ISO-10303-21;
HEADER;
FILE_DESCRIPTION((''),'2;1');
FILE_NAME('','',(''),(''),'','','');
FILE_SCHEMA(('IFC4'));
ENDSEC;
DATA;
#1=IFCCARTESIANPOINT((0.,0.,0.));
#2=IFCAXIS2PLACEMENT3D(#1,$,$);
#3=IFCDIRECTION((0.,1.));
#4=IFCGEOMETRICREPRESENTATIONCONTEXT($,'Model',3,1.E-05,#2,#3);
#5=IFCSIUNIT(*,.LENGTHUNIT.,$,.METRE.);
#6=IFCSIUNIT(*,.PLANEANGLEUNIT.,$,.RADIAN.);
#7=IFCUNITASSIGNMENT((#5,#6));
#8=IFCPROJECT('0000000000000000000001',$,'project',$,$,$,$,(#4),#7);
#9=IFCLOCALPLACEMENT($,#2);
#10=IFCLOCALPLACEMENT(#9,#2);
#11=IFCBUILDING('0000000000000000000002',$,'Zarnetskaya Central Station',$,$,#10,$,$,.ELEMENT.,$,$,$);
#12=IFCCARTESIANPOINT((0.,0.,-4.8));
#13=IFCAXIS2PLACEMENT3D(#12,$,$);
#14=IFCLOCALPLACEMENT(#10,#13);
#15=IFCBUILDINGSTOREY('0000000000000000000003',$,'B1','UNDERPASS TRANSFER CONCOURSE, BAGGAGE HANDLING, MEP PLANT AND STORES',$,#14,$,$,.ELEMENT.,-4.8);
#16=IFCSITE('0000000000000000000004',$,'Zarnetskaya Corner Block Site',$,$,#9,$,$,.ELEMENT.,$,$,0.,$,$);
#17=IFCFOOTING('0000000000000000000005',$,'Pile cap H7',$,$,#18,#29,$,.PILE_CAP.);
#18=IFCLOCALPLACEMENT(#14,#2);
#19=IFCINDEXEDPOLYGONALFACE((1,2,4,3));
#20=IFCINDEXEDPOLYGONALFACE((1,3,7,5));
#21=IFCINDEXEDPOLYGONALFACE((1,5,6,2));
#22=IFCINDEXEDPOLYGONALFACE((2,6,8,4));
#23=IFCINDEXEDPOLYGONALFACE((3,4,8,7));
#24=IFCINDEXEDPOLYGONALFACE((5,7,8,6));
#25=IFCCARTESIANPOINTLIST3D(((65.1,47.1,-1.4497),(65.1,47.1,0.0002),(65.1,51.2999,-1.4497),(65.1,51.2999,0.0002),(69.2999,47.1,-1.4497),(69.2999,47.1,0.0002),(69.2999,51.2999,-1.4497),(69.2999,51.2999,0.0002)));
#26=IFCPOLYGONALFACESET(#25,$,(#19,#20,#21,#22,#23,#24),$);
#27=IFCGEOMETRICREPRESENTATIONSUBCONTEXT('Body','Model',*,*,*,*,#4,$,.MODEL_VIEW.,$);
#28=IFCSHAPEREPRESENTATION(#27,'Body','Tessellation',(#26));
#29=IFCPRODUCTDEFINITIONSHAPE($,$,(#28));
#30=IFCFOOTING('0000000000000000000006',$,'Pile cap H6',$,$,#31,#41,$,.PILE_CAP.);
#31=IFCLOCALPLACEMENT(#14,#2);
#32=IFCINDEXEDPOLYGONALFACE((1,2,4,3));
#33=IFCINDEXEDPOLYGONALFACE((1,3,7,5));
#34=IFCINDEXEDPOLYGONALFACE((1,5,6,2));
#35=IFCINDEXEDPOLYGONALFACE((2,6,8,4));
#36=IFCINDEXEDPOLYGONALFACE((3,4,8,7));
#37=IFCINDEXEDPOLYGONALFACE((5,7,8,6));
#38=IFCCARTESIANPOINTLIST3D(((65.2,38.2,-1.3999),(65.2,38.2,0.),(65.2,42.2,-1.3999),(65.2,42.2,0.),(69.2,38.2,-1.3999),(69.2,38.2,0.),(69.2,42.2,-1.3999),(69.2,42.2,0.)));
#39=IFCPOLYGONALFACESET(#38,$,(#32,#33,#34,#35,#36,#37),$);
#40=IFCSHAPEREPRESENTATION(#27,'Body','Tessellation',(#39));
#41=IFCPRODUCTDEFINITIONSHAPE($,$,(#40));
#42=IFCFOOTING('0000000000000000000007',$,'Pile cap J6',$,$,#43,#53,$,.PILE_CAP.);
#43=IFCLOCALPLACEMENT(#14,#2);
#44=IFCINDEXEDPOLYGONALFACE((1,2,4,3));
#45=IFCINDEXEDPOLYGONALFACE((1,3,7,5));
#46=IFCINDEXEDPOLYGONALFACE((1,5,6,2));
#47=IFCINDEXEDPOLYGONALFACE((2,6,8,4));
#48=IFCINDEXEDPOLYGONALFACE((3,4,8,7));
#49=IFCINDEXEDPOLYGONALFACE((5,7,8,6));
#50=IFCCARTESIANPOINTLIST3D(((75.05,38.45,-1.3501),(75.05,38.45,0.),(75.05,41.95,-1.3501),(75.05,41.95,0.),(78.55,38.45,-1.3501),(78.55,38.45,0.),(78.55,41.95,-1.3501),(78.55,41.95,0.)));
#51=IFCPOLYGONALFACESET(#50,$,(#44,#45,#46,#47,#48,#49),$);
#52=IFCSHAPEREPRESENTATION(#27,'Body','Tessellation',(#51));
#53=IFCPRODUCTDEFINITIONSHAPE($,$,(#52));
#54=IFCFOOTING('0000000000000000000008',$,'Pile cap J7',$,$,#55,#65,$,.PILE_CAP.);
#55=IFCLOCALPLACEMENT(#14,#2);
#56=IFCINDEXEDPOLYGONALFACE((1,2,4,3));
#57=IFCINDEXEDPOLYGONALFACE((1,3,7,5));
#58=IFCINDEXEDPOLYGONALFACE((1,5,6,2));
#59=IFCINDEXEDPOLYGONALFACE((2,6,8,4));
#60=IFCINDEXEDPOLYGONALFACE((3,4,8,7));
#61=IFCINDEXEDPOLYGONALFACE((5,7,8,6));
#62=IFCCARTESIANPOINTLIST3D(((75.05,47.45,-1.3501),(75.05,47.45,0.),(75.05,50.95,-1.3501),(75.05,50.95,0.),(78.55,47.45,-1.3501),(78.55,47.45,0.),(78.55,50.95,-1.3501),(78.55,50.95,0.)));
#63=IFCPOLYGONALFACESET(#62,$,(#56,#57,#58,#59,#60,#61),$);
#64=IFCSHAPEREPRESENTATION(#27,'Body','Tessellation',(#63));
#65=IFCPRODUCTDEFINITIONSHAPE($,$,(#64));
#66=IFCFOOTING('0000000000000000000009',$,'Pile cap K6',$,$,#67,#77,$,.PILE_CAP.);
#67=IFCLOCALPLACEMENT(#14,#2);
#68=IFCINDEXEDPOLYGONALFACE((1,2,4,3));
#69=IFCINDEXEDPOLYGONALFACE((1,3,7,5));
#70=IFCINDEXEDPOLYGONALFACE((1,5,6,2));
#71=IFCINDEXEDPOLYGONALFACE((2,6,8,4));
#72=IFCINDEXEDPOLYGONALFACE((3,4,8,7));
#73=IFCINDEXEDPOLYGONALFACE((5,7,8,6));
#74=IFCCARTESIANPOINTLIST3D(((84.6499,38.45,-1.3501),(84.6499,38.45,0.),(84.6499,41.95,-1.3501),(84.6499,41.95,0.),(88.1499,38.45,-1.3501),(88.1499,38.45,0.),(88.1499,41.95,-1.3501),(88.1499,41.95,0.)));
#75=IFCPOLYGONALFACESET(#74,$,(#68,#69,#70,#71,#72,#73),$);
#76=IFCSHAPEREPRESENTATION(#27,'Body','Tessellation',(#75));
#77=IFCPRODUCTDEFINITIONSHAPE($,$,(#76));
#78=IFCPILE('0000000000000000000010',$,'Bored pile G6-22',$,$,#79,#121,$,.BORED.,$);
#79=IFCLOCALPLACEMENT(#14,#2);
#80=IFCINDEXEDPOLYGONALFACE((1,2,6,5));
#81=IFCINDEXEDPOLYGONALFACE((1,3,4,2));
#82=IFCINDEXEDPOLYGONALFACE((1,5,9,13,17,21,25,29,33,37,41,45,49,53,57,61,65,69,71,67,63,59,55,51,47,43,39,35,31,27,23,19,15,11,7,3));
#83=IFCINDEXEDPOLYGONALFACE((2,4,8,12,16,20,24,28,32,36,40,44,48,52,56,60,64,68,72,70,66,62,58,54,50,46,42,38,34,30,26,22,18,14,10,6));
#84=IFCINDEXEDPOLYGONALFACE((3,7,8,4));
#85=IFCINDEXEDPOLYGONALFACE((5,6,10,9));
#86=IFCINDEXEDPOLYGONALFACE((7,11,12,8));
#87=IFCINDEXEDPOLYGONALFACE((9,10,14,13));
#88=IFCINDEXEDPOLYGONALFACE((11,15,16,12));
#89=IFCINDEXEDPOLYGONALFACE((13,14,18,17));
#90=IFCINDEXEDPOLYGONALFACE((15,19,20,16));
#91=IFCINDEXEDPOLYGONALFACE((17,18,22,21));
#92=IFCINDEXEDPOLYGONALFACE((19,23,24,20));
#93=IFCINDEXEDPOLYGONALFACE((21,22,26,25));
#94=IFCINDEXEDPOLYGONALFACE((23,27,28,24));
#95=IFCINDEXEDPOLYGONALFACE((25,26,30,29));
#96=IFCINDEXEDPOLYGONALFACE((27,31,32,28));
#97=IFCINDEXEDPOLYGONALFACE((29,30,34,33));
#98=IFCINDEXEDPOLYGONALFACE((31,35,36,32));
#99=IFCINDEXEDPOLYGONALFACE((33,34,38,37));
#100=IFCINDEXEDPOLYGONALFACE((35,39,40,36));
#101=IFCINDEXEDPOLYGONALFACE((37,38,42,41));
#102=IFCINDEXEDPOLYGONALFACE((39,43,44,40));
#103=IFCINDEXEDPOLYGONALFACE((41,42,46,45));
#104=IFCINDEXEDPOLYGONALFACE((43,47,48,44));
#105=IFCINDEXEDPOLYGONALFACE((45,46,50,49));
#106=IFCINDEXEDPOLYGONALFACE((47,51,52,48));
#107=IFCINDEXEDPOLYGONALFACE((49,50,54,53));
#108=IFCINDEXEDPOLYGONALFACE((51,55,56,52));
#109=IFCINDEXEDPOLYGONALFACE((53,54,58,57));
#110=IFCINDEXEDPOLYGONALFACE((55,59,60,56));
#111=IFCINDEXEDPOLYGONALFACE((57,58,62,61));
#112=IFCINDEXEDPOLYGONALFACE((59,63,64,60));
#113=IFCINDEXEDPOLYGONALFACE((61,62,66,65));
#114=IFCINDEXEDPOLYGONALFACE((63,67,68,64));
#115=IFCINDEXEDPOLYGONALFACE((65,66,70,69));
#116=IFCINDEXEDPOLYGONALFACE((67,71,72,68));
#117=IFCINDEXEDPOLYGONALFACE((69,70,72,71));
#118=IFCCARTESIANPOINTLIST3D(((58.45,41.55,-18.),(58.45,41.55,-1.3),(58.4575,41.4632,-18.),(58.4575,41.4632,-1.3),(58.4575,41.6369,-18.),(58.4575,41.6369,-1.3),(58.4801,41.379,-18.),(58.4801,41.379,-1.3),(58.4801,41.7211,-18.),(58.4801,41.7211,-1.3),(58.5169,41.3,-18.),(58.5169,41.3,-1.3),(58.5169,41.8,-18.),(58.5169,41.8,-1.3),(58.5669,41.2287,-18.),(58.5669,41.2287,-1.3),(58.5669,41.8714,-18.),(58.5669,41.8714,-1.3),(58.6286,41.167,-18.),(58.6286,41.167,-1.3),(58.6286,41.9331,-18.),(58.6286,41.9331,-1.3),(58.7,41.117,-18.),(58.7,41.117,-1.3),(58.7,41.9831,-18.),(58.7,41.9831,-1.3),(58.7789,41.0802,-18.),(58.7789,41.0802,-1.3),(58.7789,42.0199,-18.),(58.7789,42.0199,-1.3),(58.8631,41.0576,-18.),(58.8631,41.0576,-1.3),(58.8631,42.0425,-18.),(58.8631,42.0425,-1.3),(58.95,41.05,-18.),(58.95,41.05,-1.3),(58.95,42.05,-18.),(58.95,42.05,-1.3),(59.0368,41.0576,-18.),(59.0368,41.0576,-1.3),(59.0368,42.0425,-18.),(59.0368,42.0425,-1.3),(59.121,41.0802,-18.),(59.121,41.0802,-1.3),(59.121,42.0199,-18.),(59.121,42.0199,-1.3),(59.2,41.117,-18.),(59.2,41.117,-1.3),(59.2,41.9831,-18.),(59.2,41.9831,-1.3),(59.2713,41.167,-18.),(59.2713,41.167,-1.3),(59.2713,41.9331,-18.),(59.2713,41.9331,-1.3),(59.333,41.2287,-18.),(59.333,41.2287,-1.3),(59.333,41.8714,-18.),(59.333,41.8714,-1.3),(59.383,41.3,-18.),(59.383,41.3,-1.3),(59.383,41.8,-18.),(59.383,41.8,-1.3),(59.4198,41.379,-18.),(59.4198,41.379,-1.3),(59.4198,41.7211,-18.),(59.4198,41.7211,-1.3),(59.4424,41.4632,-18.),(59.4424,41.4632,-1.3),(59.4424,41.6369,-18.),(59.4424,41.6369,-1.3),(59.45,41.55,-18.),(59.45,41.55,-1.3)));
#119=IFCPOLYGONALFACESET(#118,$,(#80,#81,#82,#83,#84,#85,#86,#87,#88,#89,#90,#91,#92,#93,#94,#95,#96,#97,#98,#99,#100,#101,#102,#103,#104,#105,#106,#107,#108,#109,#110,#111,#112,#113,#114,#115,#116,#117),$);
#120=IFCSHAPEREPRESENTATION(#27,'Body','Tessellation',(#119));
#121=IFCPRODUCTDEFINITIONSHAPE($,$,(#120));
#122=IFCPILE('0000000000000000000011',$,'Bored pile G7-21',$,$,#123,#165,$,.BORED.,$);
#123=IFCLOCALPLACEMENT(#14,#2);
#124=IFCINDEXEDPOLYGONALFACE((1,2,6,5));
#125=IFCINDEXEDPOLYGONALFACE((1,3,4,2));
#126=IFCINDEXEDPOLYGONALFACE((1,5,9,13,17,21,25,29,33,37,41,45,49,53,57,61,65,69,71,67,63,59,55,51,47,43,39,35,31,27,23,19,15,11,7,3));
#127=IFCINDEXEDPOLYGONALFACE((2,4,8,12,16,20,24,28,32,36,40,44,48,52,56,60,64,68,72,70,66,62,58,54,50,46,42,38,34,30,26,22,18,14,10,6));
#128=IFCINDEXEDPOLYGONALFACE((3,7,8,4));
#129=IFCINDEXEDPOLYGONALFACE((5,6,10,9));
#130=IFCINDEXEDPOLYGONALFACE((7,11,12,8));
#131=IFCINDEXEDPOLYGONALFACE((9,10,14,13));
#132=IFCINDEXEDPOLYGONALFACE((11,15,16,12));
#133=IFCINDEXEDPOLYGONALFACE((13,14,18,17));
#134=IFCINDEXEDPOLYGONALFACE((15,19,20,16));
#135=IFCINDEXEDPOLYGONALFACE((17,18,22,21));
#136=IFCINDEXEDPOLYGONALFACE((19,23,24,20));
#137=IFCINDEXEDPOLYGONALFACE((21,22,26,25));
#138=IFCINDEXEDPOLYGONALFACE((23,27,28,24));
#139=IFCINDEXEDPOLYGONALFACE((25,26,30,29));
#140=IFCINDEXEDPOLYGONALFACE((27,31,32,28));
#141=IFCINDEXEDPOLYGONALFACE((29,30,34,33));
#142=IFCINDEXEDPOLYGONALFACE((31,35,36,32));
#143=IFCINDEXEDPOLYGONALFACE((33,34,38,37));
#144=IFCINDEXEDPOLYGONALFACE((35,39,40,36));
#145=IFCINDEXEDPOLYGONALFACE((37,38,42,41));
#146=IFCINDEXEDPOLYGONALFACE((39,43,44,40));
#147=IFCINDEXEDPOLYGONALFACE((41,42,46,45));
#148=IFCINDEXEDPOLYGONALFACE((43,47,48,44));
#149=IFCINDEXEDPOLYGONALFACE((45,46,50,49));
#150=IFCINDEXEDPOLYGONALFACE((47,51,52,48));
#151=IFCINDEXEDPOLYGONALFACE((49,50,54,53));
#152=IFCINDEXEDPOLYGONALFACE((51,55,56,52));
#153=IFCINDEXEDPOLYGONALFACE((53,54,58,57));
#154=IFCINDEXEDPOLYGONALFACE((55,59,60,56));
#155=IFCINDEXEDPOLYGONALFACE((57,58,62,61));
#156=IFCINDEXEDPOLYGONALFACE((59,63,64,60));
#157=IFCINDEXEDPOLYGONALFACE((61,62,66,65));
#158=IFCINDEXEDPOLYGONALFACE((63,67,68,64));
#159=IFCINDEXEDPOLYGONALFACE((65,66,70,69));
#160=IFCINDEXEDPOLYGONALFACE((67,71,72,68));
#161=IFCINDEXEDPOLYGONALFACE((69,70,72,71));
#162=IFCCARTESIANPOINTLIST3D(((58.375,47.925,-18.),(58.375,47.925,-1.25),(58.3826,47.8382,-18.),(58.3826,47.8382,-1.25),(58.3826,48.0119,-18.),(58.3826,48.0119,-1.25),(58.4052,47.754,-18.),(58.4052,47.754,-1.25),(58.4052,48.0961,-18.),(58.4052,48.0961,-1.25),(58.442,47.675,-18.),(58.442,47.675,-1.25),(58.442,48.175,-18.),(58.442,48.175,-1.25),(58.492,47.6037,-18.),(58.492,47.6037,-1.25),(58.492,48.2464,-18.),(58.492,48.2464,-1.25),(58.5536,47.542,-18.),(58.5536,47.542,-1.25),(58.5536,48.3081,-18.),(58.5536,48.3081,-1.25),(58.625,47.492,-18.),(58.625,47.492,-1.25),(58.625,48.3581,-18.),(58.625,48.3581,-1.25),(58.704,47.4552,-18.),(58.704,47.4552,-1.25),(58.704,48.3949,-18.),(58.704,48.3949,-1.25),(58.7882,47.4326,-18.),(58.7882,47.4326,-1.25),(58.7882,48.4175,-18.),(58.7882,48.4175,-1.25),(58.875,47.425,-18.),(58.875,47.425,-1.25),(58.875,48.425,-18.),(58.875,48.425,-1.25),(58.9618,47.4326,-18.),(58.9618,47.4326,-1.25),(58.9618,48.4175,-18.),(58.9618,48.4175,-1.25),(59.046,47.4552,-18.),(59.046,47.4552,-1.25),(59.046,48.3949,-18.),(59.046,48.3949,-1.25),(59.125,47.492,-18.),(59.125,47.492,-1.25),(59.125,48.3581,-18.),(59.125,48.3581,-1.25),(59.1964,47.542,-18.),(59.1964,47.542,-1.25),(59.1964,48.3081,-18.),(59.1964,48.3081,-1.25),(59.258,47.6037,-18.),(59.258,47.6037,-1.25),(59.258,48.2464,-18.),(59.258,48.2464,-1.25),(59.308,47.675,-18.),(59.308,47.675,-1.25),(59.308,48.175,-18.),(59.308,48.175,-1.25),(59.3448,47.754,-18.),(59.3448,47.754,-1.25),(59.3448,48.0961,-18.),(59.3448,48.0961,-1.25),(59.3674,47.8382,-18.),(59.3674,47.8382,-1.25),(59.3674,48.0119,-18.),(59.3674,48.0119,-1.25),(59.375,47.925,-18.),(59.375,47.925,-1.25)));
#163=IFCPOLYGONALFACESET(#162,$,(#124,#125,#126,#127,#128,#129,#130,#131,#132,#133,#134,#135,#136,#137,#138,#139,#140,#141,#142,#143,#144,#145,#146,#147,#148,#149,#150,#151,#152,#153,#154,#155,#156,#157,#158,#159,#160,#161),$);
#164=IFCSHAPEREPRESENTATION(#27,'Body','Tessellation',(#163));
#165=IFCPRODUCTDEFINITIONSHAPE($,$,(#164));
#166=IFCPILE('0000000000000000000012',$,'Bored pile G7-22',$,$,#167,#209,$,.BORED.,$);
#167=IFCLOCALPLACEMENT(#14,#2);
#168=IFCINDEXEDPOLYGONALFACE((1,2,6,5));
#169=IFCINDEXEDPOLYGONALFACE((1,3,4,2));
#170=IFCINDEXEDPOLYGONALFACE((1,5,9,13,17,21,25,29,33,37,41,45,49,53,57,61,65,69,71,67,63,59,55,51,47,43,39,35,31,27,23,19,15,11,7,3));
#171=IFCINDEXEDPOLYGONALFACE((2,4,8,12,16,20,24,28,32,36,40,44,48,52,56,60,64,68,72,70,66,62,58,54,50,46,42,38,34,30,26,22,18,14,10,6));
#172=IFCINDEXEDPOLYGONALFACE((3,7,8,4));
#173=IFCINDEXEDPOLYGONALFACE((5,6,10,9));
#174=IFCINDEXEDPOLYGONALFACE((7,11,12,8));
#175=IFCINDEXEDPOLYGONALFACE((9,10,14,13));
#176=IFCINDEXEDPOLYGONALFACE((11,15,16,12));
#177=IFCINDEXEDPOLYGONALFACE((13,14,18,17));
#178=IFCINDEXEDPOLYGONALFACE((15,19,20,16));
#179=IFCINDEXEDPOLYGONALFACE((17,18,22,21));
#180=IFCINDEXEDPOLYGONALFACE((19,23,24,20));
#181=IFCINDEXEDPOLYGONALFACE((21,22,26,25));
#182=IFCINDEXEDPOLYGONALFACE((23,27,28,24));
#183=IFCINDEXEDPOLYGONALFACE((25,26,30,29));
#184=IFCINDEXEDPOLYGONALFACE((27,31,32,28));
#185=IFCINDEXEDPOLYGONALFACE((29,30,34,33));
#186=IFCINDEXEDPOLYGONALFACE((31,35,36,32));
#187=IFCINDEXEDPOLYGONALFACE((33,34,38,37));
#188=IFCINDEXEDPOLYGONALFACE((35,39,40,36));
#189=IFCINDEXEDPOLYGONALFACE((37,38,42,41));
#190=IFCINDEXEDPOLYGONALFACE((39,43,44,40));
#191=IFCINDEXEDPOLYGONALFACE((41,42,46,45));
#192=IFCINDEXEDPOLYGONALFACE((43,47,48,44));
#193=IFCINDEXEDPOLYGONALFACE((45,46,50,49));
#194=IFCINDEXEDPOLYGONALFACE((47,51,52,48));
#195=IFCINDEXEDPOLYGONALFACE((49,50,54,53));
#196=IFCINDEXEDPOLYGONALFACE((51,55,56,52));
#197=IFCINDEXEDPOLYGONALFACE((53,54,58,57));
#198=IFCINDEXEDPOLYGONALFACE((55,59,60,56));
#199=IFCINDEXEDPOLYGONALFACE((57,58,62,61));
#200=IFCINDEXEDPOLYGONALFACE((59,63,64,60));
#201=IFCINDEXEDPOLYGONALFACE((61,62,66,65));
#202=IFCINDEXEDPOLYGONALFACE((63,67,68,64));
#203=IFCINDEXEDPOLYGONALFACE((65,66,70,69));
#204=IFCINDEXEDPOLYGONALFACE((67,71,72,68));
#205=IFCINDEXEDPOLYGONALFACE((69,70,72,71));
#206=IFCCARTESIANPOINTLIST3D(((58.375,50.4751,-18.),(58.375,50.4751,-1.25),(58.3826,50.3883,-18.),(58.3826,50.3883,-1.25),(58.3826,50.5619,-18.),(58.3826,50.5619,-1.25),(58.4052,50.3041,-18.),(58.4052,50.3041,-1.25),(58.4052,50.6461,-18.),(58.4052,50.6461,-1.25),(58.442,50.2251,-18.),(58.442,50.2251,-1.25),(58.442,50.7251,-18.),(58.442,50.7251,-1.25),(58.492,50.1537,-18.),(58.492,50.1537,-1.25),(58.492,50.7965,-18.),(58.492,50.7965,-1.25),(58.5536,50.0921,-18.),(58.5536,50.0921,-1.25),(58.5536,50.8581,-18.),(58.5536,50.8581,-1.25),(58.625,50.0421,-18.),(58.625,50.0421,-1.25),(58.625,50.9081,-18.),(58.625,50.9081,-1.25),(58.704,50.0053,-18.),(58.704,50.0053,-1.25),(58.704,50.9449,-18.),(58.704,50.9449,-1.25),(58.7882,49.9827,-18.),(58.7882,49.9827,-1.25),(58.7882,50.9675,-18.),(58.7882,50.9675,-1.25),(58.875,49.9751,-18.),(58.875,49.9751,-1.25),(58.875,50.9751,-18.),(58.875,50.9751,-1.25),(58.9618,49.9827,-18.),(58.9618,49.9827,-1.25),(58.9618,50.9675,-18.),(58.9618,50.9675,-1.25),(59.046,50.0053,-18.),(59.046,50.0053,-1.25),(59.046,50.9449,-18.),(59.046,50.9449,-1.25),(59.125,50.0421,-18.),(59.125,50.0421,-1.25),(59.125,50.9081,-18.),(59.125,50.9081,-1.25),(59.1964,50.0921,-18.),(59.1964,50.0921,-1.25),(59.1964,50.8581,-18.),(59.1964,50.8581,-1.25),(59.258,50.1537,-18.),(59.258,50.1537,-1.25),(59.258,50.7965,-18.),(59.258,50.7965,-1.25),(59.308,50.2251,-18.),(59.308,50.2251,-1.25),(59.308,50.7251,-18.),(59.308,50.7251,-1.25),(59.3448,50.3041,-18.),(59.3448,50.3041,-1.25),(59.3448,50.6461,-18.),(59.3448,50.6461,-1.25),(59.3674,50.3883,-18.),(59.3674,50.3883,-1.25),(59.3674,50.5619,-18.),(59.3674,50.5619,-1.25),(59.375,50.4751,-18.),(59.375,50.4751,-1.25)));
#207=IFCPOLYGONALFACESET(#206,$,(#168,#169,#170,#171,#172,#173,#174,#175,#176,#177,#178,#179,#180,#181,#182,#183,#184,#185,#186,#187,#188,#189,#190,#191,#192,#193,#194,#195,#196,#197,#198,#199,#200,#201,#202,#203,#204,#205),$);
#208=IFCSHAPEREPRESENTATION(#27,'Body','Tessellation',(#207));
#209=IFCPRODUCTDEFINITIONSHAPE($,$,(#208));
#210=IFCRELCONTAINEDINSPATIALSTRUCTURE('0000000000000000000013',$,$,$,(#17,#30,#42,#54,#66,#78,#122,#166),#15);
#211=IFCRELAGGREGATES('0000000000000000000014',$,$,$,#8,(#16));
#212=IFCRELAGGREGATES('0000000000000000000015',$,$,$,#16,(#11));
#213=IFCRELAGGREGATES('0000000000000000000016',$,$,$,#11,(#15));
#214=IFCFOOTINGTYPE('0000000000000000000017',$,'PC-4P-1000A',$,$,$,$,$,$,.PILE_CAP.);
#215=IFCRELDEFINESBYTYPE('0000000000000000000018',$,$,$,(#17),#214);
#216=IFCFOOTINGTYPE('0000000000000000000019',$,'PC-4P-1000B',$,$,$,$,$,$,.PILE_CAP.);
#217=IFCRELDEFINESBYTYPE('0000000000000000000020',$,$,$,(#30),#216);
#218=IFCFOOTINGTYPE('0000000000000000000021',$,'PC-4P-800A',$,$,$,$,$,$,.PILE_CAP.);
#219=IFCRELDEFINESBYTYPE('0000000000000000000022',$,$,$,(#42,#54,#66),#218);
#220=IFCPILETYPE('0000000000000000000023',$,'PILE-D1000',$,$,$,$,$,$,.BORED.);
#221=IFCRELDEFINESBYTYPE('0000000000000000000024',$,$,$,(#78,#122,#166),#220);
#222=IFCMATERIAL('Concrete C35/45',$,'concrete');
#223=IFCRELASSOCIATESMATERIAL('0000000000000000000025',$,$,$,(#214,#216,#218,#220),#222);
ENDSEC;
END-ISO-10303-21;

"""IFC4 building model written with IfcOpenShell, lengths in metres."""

from ifc_helpers import new_model, si_unit, direction, frame, origin, origin_2d, place, context, subcontext, project, spatial, rectangle, circle, extrude, material, material_profile, profile_set, type_object, element, save


model = new_model("IFC4")

# Units and contexts
model_context = context("Model", 3, precision=1e-05, world=origin(), true_north=direction((0.0, 1.0)))
body_context = subcontext(model_context, "Body", "Model", "MODEL_VIEW")
ifc_project = project(units=[si_unit("LENGTHUNIT", "METRE"), si_unit("PLANEANGLEUNIT", "RADIAN")], contexts=[model_context])

# Site, building, storey
site_placement = place(None, origin())
site = spatial("IfcSite", under=ifc_project, at=site_placement, Name="Zarnetskaya Corner Block Site", CompositionType="ELEMENT", RefElevation=0.0)
building_placement = place(site_placement, origin())
building = spatial("IfcBuilding", under=site, at=building_placement, Name="Zarnetskaya Central Station", CompositionType="ELEMENT")
storey_placement = place(building_placement, frame((0.0, 0.0, -4.8)))
storey = spatial("IfcBuildingStorey", under=building, at=storey_placement, Name="B1", Description="UNDERPASS TRANSFER CONCOURSE, BAGGAGE HANDLING, MEP PLANT AND STORES", CompositionType="ELEMENT", Elevation=-4.8)

# Footings
ifc_material = material(Name="Concrete C35/45", Category="concrete")
footing_type_1 = type_object("IfcFootingType", Name="PC-4P-1000A", PredefinedType="PILE_CAP", material=ifc_material)
footing_1_placement = place(storey_placement, frame((67.2, 49.2, -1.4497), z_axis=(0.0, 0.0, 1.0), x_axis=(1.0, 0.0, 0.0)))
element("IfcFooting", 1, at=footing_1_placement, inside=storey, type_object=footing_type_1, Name="Pile cap H7", PredefinedType="PILE_CAP", context=body_context, shape_type="SweptSolid", body=[
    extrude(rectangle(XDim=4.2, YDim=4.2, at=origin_2d()), origin(), (0.0, 0.0, 1.0), 1.45),
])
footing_type_2 = type_object("IfcFootingType", Name="PC-4P-1000B", PredefinedType="PILE_CAP", material=ifc_material)
footing_2_placement = place(storey_placement, frame((67.2, 40.2, -1.3999), z_axis=(0.0, 0.0, 1.0), x_axis=(1.0, 0.0, 0.0)))
element("IfcFooting", 2, at=footing_2_placement, inside=storey, type_object=footing_type_2, Name="Pile cap H6", PredefinedType="PILE_CAP", context=body_context, shape_type="SweptSolid", body=[
    extrude(rectangle(XDim=4.0, YDim=4.0, at=origin_2d()), origin(), (0.0, 0.0, 1.0), 1.3999),
])
footing_type_3 = type_object("IfcFootingType", Name="PC-4P-800A", PredefinedType="PILE_CAP", material=ifc_material)
for number, where, z_axis, x_axis, name in (
    (3, (76.8, 40.2, -1.3501), (0.0, 0.0, 1.0), (1.0, 0.0, 0.0), "Pile cap J6"),
    (4, (76.8, 49.2, -1.3501), (0.0, 0.0, 1.0), (1.0, 0.0, 0.0), "Pile cap J7"),
    (5, (86.3999, 40.2, -1.3501), (0.0, 0.0, 1.0), (1.0, 0.0, 0.0), "Pile cap K6"),
):
    element("IfcFooting", number, at=place(storey_placement, frame(where, z_axis=z_axis, x_axis=x_axis)), inside=storey, type_object=footing_type_3, Name=name, PredefinedType="PILE_CAP", context=body_context, shape_type="SweptSolid", body=[
        extrude(rectangle(XDim=3.5, YDim=3.5, at=origin_2d()), origin(), (0.0, 0.0, 1.0), 1.3501),
    ])

# Piles
ifc_material_profile_1 = material_profile(ifc_material, circle(Radius=0.5, at=origin_2d()), Name="BORED PILE D1000")
ifc_profile_set_1 = profile_set([ifc_material_profile_1], Name="Concrete C35/45")
pile_type_1 = type_object("IfcPileType", Name="PILE-D1000", PredefinedType="BORED", material=ifc_profile_set_1)
pile_1_placement = place(storey_placement, frame((58.95, 41.55, -1.3), z_axis=(0.0, 0.0, -1.0), x_axis=(1.0, 0.0, 0.0)))
element("IfcPile", 6, at=pile_1_placement, inside=storey, type_object=pile_type_1, Name="Bored pile G6-22", PredefinedType="BORED", context=body_context, shape_type="SweptSolid", body=[
    extrude(circle(Radius=0.5, at=origin_2d()), origin(), (0.0, 0.0, 1.0), 16.7),
])
for number, where, z_axis, x_axis, name in (
    (7, (58.875, 47.925, -1.25), (0.0, 0.0, -1.0), (1.0, 0.0, 0.0), "Bored pile G7-21"),
    (8, (58.875, 50.4751, -1.25), (0.0, 0.0, -1.0), (1.0, 0.0, 0.0), "Bored pile G7-22"),
):
    element("IfcPile", number, at=place(storey_placement, frame(where, z_axis=z_axis, x_axis=x_axis)), inside=storey, type_object=pile_type_1, Name=name, PredefinedType="BORED", context=body_context, shape_type="SweptSolid", body=[
        extrude(circle(Radius=0.5, at=origin_2d()), origin(), (0.0, 0.0, 1.0), 16.75),
    ])

save(model, "model.ifc")
